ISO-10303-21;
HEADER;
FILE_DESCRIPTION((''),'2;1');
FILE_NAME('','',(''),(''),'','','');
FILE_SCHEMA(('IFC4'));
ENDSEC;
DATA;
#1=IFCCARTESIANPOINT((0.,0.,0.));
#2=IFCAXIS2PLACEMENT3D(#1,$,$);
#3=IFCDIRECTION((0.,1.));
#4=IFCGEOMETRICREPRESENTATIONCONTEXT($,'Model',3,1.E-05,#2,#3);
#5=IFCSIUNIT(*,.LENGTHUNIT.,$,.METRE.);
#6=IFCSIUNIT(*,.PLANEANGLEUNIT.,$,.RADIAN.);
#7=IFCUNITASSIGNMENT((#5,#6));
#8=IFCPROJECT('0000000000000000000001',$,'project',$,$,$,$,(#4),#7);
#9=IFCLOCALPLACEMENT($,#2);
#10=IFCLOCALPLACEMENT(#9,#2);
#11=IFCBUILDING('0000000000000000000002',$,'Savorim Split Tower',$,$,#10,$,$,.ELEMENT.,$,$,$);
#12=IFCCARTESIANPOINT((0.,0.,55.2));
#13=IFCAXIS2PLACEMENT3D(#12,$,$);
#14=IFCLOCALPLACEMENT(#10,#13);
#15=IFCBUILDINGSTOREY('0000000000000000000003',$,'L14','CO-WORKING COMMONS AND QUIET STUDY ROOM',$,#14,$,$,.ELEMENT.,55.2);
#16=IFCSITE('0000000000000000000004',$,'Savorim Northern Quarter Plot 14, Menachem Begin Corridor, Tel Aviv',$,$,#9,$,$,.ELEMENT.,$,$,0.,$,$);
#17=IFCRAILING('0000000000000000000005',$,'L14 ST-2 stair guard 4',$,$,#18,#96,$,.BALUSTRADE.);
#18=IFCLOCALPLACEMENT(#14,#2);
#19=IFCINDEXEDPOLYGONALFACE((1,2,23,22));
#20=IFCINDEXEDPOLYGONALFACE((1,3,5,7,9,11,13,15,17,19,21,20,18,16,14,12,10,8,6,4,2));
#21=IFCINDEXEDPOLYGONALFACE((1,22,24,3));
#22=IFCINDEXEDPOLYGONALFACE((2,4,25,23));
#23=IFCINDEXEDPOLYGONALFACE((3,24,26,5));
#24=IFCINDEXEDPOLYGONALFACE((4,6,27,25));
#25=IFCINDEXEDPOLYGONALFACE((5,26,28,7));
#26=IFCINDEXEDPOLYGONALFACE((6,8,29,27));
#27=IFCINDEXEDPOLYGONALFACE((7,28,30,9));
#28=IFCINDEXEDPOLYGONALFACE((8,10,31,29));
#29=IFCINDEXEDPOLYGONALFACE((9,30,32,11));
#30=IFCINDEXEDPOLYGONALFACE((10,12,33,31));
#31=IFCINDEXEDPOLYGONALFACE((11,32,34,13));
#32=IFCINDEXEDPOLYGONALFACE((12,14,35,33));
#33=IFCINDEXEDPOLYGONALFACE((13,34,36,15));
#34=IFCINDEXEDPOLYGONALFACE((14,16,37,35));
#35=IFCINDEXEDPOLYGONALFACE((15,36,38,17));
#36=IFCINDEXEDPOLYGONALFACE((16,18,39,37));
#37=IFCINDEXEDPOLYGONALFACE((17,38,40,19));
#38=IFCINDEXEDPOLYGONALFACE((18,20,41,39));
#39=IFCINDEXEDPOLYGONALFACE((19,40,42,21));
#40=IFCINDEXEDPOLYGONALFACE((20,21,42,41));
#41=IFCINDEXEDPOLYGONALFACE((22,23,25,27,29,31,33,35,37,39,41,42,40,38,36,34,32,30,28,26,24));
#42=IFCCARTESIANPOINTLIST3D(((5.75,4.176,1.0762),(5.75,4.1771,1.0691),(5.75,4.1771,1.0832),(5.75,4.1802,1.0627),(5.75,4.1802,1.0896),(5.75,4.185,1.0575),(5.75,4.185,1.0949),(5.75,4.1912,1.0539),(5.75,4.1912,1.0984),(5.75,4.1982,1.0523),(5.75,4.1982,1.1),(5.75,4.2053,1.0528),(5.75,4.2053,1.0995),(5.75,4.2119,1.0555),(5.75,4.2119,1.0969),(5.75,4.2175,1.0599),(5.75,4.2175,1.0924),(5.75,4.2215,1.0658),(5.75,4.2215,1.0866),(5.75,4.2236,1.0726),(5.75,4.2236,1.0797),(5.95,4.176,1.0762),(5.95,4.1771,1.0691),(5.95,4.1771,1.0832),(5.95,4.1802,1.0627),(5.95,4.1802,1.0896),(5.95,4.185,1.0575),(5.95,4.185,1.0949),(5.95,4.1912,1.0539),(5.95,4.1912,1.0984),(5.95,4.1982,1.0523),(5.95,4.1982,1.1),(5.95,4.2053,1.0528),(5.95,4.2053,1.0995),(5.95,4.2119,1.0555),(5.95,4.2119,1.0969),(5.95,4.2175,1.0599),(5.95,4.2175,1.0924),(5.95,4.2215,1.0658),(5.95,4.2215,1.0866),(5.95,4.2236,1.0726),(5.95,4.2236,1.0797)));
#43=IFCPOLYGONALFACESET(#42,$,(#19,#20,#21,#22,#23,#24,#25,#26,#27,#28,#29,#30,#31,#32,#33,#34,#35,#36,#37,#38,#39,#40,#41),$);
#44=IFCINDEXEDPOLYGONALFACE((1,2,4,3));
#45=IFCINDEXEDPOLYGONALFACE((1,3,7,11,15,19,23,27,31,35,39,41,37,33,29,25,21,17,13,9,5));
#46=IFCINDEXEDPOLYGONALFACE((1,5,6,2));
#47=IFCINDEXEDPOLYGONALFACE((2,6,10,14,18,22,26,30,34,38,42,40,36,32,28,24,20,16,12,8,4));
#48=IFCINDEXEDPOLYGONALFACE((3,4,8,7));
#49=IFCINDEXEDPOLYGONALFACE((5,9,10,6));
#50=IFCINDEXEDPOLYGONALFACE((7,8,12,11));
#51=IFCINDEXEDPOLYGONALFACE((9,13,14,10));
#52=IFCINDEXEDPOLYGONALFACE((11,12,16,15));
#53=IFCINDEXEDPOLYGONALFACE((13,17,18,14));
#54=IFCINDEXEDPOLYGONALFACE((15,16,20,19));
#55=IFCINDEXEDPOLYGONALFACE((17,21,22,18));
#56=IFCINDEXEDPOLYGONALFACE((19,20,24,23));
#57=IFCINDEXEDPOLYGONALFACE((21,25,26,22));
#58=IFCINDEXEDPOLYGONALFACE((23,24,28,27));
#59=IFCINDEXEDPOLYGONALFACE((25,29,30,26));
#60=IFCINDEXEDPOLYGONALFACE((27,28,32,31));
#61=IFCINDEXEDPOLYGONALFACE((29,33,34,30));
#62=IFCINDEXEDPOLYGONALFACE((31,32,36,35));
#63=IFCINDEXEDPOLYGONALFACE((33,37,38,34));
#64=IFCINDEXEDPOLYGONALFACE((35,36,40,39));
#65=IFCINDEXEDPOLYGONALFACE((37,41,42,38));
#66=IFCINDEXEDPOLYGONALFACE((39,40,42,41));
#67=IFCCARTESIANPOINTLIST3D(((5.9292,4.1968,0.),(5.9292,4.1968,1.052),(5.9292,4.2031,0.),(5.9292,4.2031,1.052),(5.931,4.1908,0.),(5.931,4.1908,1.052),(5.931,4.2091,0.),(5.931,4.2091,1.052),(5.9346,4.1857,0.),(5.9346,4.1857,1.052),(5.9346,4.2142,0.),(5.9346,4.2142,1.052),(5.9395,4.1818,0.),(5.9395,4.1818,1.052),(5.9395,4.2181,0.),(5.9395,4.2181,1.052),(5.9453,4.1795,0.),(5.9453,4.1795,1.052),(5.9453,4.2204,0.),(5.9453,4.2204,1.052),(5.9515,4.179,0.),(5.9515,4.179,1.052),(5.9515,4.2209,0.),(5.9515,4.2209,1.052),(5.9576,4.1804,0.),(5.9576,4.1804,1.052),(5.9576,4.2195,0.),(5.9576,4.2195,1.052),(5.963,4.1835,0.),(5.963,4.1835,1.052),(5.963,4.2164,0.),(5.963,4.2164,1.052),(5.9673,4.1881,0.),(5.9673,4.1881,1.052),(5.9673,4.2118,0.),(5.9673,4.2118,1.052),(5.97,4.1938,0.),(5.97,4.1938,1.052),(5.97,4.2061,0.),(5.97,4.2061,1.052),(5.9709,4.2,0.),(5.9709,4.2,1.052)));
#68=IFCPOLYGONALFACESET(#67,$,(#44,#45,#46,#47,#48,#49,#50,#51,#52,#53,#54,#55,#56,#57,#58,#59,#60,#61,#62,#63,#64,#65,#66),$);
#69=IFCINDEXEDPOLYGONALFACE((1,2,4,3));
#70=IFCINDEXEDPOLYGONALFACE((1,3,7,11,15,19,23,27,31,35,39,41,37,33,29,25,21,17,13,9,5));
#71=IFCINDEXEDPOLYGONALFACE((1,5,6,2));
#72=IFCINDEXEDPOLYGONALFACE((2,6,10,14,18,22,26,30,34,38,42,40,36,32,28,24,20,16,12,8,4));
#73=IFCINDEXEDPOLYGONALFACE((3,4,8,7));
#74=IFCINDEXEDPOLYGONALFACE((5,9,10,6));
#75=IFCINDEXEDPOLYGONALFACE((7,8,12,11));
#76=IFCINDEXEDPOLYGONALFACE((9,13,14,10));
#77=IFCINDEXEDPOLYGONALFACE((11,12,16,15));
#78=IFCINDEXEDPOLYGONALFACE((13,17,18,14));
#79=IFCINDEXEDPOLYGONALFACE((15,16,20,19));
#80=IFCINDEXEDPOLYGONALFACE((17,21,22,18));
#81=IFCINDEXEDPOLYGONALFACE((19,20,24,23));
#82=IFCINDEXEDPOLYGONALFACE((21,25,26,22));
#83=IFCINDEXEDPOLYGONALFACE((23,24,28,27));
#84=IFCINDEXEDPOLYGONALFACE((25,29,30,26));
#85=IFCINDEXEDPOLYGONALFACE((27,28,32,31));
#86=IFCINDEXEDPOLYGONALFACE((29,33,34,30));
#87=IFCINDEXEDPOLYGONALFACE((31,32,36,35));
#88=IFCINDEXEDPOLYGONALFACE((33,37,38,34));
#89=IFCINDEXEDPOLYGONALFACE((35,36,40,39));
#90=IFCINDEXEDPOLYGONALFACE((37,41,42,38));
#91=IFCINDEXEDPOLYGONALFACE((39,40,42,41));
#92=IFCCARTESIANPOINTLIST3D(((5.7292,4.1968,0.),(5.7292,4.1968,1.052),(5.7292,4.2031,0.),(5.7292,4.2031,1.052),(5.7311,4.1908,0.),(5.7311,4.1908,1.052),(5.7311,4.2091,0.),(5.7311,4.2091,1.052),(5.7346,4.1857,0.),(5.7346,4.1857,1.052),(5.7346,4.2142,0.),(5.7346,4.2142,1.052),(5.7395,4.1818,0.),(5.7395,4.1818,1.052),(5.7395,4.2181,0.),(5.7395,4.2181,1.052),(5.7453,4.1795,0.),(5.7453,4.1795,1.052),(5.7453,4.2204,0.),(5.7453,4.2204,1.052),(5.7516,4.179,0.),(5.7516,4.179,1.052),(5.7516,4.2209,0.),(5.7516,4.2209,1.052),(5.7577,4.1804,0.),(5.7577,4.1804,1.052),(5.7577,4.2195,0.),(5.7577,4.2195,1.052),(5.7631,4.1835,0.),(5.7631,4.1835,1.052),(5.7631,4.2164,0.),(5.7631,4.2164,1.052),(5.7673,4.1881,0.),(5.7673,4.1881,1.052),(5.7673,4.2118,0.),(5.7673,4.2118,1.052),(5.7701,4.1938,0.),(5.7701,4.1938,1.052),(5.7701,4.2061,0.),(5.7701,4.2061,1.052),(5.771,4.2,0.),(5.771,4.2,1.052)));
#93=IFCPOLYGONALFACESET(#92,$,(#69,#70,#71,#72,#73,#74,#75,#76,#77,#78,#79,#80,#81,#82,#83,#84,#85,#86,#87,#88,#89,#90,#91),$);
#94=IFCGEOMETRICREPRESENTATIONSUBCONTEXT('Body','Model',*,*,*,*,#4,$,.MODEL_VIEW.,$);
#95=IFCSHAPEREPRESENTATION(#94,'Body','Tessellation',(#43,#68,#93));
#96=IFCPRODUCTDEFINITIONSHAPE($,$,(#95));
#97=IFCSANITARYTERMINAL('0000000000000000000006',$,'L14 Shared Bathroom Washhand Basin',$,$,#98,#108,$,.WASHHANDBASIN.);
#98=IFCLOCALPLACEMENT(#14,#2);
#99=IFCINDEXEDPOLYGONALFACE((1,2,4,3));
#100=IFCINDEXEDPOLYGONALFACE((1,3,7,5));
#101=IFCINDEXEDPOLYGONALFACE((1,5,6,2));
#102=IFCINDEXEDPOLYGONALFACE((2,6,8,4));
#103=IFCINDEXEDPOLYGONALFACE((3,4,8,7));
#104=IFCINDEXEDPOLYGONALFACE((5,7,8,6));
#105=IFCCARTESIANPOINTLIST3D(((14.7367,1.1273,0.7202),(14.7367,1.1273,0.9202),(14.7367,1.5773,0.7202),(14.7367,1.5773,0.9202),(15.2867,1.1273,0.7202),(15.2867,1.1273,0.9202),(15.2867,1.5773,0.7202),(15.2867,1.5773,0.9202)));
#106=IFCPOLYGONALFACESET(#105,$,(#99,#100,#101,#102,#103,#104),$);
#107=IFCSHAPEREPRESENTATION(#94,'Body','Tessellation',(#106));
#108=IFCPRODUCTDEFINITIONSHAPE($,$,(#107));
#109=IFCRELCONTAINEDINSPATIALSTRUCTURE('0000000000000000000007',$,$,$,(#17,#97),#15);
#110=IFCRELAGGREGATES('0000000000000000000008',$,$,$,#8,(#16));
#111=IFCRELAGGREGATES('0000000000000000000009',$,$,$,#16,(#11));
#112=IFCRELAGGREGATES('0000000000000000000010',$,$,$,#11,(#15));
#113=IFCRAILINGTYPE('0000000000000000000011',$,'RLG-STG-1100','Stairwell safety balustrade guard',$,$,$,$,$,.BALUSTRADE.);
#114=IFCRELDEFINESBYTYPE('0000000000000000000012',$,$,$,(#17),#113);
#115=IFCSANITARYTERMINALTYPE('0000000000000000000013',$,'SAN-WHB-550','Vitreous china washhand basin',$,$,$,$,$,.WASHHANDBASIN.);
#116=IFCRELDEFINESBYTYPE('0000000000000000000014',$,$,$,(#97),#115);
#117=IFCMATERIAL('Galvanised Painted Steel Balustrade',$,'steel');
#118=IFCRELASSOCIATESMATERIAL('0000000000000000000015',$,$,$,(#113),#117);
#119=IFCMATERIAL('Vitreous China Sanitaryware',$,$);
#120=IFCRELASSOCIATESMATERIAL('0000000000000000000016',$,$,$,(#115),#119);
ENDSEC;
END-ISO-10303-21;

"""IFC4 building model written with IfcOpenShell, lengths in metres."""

from ifc_helpers import new_model, si_unit, direction, frame, origin, origin_2d, place, context, subcontext, project, spatial, rectangle, circle, extrude, material, type_object, element, save


model = new_model("IFC4")

# Units and contexts
model_context = context("Model", 3, precision=1e-05, world=origin(), true_north=direction((0.0, 1.0)))
body_context = subcontext(model_context, "Body", "Model", "MODEL_VIEW")
ifc_project = project(units=[si_unit("LENGTHUNIT", "METRE"), si_unit("PLANEANGLEUNIT", "RADIAN")], contexts=[model_context])

# Site, building, storey
site_placement = place(None, origin())
site = spatial("IfcSite", under=ifc_project, at=site_placement, Name="Savorim Northern Quarter Plot 14, Menachem Begin Corridor, Tel Aviv", CompositionType="ELEMENT", RefElevation=0.0)
building_placement = place(site_placement, origin())
building = spatial("IfcBuilding", under=site, at=building_placement, Name="Savorim Split Tower", CompositionType="ELEMENT")
storey_placement = place(building_placement, frame((0.0, 0.0, 55.2)))
storey = spatial("IfcBuildingStorey", under=building, at=storey_placement, Name="L14", Description="CO-WORKING COMMONS AND QUIET STUDY ROOM", CompositionType="ELEMENT", Elevation=55.2)

# Railing
ifc_material_1 = material(Name="Galvanised Painted Steel Balustrade", Category="steel")
railing_type_1 = type_object("IfcRailingType", Name="RLG-STG-1100", Description="Stairwell safety balustrade guard", PredefinedType="BALUSTRADE", material=ifc_material_1)
railing_1_placement = place(storey_placement, frame((5.95, 4.2, 0.0)))
element("IfcRailing", 1, at=railing_1_placement, inside=storey, type_object=railing_type_1, Name="L14 ST-2 stair guard 4", PredefinedType="BALUSTRADE", context=body_context, shape_type="SweptSolid", body=[
    extrude(circle(Radius=0.0239, at=origin_2d()), frame((0.0, 0.0, 1.0762), z_axis=(-1.0, 0.0, 0.0), x_axis=(0.0, -1.0, 0.0)), (0.0, 0.0, 1.0), 0.2),
    extrude(circle(Radius=0.021, at=origin_2d()), origin(), (0.0, 0.0, 1.0), 1.052),
    extrude(circle(Radius=0.021, at=origin_2d()), frame((-0.2, 0.0, 0.0)), (0.0, 0.0, 1.0), 1.052),
])

# Sanitary terminal
ifc_material_2 = material(Name="Vitreous China Sanitaryware")
sanitary_terminal_type = type_object("IfcSanitaryTerminalType", Name="SAN-WHB-550", Description="Vitreous china washhand basin", PredefinedType="WASHHANDBASIN", material=ifc_material_2)
sanitary_terminal_placement = place(storey_placement, frame((15.0117, 1.3523, 0.7202), z_axis=(0.0, 0.0, 1.0), x_axis=(1.0, 0.0, 0.0)))
element("IfcSanitaryTerminal", 2, at=sanitary_terminal_placement, inside=storey, type_object=sanitary_terminal_type, Name="L14 Shared Bathroom Washhand Basin", PredefinedType="WASHHANDBASIN", context=body_context, shape_type="SweptSolid", body=[
    extrude(rectangle(XDim=0.55, YDim=0.45, at=origin_2d()), origin(), (0.0, 0.0, 1.0), 0.2),
])

save(model, "model.ifc")
